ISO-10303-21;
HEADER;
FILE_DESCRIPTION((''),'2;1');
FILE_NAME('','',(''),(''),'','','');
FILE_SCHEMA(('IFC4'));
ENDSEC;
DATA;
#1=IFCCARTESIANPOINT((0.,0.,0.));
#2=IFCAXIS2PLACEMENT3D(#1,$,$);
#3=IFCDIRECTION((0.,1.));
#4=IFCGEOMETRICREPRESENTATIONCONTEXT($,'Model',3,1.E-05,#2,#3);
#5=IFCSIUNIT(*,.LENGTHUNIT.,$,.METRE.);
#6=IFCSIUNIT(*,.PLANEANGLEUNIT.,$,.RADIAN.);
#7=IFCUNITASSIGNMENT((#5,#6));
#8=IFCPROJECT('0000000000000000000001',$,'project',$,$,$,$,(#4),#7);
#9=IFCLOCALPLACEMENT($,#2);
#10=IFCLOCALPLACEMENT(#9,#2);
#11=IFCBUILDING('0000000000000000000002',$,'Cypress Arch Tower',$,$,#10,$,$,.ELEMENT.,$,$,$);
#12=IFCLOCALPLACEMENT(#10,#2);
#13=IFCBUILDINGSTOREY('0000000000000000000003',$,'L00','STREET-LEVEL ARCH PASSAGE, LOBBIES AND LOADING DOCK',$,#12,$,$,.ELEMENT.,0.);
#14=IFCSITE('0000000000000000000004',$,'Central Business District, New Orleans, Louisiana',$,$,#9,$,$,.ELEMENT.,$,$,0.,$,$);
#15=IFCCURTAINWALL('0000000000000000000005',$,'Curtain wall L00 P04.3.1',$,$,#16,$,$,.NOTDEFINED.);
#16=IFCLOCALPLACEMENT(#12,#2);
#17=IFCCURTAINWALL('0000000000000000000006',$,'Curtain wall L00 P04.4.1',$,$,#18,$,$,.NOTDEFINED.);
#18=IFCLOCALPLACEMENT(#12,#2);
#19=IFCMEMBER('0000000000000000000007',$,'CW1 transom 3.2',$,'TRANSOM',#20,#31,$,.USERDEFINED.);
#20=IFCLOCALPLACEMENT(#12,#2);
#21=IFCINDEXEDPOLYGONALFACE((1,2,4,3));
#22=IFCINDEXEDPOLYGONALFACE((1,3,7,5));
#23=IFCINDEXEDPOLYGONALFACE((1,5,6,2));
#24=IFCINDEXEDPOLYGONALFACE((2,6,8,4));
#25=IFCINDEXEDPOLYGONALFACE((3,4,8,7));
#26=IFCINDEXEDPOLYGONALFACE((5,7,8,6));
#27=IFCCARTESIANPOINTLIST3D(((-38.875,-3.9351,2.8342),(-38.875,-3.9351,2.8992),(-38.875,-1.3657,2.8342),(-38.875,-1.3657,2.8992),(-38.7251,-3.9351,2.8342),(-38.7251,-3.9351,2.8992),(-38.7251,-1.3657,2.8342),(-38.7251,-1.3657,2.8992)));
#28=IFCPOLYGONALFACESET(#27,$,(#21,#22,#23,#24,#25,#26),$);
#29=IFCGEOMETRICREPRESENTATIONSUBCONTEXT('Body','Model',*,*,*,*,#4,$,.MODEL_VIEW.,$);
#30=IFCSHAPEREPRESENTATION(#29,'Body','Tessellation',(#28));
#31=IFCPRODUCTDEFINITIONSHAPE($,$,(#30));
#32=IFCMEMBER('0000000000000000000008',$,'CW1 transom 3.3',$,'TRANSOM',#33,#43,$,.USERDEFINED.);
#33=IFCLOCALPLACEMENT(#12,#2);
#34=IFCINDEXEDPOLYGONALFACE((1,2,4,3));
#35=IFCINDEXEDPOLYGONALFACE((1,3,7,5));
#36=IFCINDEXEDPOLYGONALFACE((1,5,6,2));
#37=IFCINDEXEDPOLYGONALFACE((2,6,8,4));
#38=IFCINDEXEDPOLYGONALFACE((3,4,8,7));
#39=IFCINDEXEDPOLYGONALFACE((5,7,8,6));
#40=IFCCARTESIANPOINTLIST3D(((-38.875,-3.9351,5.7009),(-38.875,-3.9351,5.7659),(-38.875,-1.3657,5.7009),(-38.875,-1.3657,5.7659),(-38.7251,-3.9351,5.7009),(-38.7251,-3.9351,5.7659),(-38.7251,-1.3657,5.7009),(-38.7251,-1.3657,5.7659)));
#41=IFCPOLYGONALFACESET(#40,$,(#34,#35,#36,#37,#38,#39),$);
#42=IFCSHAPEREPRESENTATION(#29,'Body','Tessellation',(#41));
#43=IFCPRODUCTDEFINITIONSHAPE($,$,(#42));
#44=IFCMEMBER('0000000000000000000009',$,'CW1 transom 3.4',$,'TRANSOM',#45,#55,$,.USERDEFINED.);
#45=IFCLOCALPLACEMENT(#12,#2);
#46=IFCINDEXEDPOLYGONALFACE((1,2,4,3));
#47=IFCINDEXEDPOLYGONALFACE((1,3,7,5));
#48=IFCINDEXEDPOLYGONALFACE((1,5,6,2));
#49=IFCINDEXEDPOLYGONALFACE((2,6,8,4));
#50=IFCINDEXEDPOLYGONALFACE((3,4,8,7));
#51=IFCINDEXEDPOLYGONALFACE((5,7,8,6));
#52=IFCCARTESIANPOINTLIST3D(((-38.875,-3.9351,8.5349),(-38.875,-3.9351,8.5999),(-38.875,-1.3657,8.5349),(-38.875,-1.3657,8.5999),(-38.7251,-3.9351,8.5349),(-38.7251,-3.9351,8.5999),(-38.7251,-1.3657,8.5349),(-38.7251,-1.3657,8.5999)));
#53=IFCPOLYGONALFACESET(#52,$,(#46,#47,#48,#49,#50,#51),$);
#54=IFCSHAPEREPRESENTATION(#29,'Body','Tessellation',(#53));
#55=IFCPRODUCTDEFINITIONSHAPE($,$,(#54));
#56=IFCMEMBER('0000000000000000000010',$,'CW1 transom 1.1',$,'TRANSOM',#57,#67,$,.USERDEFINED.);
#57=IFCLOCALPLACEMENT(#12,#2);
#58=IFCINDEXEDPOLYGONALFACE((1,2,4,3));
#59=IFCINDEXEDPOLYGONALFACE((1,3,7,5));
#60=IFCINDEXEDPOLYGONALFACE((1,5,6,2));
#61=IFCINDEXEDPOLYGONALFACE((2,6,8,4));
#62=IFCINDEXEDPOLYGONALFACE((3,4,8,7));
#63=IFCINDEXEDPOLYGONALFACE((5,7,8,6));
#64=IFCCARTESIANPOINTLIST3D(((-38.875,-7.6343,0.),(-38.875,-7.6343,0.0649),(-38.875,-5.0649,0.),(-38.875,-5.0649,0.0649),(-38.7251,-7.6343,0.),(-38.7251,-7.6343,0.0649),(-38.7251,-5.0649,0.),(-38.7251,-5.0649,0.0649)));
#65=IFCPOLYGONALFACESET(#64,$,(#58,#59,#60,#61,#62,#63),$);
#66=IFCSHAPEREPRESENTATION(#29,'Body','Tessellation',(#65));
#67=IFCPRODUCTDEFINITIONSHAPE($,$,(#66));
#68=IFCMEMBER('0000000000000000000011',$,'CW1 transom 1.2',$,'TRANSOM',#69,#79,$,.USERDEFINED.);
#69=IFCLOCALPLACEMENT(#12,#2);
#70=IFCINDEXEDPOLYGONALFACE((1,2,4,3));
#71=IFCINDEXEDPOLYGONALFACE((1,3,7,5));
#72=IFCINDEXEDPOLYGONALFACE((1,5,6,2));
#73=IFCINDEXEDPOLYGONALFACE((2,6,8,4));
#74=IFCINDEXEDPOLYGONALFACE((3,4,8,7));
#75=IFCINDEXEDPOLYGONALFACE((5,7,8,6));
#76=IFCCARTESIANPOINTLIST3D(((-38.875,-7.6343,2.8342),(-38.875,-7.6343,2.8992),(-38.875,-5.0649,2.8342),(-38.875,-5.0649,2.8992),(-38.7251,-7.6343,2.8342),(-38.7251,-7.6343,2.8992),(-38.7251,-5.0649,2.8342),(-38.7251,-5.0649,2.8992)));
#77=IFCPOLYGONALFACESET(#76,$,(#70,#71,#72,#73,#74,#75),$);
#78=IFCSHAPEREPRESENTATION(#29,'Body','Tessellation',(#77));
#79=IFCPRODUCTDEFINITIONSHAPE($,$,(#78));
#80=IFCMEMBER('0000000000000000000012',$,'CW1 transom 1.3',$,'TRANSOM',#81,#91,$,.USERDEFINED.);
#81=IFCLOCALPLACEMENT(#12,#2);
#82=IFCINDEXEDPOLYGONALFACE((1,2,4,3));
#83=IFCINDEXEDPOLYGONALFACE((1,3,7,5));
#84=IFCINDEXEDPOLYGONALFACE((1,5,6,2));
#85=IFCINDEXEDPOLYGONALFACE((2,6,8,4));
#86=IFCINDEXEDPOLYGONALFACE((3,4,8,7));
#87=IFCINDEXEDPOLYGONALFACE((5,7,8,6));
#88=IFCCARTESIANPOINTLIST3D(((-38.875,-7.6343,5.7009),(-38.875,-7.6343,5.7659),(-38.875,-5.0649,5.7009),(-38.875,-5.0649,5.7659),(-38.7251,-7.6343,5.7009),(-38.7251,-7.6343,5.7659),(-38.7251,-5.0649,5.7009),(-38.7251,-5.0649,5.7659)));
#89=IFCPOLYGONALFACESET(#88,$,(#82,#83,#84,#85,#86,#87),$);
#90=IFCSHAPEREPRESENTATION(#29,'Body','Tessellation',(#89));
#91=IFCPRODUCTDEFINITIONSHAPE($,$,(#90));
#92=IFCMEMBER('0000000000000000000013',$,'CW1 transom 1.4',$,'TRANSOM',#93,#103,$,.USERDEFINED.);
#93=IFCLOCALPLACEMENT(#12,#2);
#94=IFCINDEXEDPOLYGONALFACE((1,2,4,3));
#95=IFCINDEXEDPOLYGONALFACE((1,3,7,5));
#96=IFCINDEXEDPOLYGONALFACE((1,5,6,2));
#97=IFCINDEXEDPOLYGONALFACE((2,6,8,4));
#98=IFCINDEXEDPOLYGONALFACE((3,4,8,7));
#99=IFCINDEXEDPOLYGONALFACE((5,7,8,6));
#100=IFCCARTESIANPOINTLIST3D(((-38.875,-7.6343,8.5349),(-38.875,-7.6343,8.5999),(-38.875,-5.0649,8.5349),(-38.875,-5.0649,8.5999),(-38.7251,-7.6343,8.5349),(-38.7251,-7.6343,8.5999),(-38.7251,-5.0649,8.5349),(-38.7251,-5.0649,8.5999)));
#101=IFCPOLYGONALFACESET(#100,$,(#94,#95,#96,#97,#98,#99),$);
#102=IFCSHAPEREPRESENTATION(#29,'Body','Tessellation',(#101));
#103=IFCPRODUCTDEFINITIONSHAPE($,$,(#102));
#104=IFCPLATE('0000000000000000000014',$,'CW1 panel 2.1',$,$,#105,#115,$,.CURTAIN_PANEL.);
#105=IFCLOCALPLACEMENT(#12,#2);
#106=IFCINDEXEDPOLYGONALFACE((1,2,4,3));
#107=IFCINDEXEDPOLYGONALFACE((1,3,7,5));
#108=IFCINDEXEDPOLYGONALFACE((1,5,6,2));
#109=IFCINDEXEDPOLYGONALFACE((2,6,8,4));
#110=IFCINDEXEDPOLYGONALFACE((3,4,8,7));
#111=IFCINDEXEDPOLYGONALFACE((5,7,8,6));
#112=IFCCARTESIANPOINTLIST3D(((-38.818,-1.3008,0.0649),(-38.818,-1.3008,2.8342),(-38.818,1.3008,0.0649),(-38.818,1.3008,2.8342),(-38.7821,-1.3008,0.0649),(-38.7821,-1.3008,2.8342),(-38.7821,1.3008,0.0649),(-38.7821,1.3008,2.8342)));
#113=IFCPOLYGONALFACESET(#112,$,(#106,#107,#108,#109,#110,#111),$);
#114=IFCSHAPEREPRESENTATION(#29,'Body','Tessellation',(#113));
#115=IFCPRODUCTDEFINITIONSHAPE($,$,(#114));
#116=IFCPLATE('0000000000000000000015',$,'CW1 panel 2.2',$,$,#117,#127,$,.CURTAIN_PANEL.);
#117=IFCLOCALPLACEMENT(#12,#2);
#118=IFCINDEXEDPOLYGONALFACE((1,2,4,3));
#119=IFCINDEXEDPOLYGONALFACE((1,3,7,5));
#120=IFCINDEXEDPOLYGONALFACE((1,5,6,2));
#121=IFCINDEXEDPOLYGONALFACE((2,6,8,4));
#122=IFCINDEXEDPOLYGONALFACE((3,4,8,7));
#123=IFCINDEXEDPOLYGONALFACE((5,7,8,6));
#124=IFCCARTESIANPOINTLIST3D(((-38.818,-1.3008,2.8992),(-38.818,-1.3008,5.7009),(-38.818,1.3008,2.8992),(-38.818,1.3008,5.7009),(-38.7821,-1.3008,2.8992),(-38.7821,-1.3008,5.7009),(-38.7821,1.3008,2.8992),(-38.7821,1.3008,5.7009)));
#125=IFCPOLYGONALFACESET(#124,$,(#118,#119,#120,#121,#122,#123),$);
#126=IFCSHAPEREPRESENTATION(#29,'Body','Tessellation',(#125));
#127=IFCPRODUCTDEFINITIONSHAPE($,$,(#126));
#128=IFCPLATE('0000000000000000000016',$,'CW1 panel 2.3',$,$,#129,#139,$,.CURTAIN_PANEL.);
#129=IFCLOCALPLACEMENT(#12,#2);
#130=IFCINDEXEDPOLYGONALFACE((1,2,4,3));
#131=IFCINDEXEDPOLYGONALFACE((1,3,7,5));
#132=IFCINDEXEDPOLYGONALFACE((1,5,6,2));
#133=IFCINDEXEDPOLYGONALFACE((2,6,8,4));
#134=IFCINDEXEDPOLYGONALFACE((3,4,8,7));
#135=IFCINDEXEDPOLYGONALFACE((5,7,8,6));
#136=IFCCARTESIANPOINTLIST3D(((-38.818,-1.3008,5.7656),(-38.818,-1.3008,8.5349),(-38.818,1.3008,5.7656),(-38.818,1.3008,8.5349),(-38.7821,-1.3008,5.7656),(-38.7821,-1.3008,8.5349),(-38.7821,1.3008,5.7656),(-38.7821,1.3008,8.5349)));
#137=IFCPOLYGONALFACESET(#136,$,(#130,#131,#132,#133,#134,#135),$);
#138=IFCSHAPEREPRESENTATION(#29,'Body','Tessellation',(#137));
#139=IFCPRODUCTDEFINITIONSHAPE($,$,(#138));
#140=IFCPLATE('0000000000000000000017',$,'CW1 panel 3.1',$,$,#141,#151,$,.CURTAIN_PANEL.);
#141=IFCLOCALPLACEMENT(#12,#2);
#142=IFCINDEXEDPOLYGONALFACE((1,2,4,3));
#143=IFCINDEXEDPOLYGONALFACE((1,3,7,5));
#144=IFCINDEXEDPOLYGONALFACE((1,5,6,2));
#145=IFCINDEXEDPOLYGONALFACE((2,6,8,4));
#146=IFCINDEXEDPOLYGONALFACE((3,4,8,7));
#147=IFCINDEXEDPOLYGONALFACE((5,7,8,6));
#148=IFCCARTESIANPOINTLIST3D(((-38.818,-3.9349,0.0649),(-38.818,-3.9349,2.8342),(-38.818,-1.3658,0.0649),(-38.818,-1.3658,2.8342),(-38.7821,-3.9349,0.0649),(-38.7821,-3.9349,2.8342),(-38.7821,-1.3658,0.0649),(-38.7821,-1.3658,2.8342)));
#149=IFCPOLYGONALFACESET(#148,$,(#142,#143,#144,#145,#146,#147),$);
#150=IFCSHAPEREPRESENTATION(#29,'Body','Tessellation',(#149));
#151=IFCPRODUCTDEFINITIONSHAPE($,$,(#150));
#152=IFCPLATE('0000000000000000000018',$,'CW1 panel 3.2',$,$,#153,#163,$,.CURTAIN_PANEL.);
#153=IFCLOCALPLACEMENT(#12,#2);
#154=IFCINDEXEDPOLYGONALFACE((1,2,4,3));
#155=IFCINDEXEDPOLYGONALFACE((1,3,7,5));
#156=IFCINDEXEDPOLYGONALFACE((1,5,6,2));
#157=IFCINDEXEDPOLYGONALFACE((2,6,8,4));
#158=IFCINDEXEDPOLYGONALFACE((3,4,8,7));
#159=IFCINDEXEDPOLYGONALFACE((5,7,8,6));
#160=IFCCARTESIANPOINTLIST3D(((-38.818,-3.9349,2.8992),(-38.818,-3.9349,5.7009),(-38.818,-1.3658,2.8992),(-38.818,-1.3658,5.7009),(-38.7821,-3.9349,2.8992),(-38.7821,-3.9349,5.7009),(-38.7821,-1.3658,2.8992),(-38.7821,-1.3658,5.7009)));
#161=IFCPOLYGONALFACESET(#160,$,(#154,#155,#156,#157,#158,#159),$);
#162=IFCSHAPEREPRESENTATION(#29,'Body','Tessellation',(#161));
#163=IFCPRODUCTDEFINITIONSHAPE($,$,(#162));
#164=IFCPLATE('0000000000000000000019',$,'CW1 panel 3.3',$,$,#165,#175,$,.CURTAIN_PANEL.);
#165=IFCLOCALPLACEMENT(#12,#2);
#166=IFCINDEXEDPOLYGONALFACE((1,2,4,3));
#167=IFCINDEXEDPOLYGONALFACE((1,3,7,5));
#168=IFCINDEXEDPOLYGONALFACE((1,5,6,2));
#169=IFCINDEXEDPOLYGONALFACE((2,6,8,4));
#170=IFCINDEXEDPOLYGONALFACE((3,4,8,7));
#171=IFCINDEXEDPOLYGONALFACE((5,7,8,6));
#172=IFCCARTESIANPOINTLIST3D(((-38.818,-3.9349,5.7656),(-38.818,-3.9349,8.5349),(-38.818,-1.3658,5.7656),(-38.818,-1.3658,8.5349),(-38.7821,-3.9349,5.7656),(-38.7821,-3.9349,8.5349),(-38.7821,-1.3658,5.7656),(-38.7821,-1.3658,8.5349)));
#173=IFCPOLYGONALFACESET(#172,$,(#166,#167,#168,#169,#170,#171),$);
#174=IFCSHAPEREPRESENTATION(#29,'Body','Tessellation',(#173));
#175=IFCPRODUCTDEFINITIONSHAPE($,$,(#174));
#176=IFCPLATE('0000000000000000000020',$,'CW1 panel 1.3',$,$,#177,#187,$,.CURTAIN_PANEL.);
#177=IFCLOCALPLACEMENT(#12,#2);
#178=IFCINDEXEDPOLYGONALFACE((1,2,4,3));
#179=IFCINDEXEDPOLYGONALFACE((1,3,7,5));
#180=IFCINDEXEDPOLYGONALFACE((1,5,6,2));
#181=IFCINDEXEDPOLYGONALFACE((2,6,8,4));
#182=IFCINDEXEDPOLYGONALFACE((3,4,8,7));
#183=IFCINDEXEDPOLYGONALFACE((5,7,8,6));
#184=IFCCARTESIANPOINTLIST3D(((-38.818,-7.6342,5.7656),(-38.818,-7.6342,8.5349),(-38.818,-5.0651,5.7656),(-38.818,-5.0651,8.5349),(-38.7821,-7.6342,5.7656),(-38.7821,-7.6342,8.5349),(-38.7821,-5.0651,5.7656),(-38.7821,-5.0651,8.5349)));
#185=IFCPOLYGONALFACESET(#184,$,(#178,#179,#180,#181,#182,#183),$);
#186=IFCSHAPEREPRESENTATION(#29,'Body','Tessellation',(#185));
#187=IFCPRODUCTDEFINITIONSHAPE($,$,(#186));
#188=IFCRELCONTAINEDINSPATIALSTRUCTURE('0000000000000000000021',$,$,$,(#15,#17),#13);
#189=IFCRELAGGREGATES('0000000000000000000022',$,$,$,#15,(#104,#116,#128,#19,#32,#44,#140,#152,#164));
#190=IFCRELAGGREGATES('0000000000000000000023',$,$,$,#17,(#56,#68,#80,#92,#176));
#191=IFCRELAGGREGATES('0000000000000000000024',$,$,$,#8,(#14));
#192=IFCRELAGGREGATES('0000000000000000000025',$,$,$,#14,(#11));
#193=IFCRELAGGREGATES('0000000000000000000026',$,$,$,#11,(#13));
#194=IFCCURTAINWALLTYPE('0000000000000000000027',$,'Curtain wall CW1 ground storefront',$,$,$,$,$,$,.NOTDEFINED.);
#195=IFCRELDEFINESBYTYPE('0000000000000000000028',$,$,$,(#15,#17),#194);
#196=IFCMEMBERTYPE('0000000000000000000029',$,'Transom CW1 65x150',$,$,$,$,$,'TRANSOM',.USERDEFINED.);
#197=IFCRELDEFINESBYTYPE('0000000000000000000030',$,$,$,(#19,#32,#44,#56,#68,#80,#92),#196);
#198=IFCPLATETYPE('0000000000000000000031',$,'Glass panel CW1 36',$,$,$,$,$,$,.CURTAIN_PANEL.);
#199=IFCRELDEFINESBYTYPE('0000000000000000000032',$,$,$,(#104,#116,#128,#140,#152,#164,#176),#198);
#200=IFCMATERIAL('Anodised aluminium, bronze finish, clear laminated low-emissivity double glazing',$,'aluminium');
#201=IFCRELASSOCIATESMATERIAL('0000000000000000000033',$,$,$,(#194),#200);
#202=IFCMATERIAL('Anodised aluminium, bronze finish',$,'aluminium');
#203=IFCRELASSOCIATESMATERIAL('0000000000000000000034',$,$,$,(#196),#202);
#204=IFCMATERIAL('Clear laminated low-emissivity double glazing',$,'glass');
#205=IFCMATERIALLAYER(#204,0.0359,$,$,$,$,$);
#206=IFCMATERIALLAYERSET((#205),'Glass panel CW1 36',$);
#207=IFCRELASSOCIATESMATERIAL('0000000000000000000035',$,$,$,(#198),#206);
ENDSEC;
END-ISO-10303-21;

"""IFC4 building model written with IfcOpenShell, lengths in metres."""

from ifc_helpers import new_model, si_unit, direction, frame, origin, origin_2d, place, context, subcontext, project, spatial, rectangle, extrude, material, layer, layer_set, material_profile, profile_set, type_object, element, aggregate, save


model = new_model("IFC4")

# Units and contexts
model_context = context("Model", 3, precision=1e-05, world=origin(), true_north=direction((0.0, 1.0)))
body_context = subcontext(model_context, "Body", "Model", "MODEL_VIEW")
ifc_project = project(units=[si_unit("LENGTHUNIT", "METRE"), si_unit("PLANEANGLEUNIT", "RADIAN")], contexts=[model_context])

# Site, building, storey
site_placement = place(None, origin())
site = spatial("IfcSite", under=ifc_project, at=site_placement, Name="Central Business District, New Orleans, Louisiana", CompositionType="ELEMENT", RefElevation=0.0)
building_placement = place(site_placement, origin())
building = spatial("IfcBuilding", under=site, at=building_placement, Name="Cypress Arch Tower", CompositionType="ELEMENT")
storey_placement = place(building_placement, origin())
storey = spatial("IfcBuildingStorey", under=building, at=storey_placement, Name="L00", Description="STREET-LEVEL ARCH PASSAGE, LOBBIES AND LOADING DOCK", CompositionType="ELEMENT", Elevation=0.0)

# Curtain wall
ifc_material_1 = material(Name="Anodised aluminium, bronze finish, clear laminated low-emissivity double glazing", Category="aluminium")
curtain_wall_type = type_object("IfcCurtainWallType", Name="Curtain wall CW1 ground storefront", PredefinedType="NOTDEFINED", material=ifc_material_1)
curtain_wall_1_placement = place(storey_placement, origin())
curtain_wall_1 = element("IfcCurtainWall", 1, at=curtain_wall_1_placement, inside=storey, type_object=curtain_wall_type, Name="Curtain wall L00 P04.3.1", PredefinedType="NOTDEFINED")

# Curtain wall
curtain_wall_2_placement = place(storey_placement, origin())
curtain_wall_2 = element("IfcCurtainWall", 2, at=curtain_wall_2_placement, inside=storey, type_object=curtain_wall_type, Name="Curtain wall L00 P04.4.1", PredefinedType="NOTDEFINED")

# Members
ifc_material_2 = material(Name="Anodised aluminium, bronze finish", Category="aluminium")
ifc_material_profile_1 = material_profile(ifc_material_2, rectangle(XDim=0.1499, YDim=0.0649, at=origin_2d()), Name="Transom 65x150")
ifc_profile_set_1 = profile_set([ifc_material_profile_1], Name="Anodised aluminium, bronze finish")
member_type_1 = type_object("IfcMemberType", Name="Transom CW1 65x150", ElementType="TRANSOM", PredefinedType="USERDEFINED", material=ifc_profile_set_1)
member_1_placement = place(storey_placement, frame((-38.8, -1.3657, 2.8667), z_axis=(0.0, -1.0, 0.0), x_axis=(1.0, 0.0, 0.0)))
member_1 = element("IfcMember", 3, at=member_1_placement, type_object=member_type_1, Name="CW1 transom 3.2", ObjectType="TRANSOM", PredefinedType="USERDEFINED", context=body_context, shape_type="SweptSolid", body=[
    extrude(rectangle(XDim=0.1499, YDim=0.0649, at=origin_2d()), origin(), (0.0, 0.0, 1.0), 2.5693),
])
member_2_placement = place(storey_placement, frame((-38.8, -1.3657, 5.7334), z_axis=(0.0, -1.0, 0.0), x_axis=(1.0, 0.0, 0.0)))
member_2 = element("IfcMember", 4, at=member_2_placement, type_object=member_type_1, Name="CW1 transom 3.3", ObjectType="TRANSOM", PredefinedType="USERDEFINED", context=body_context, shape_type="SweptSolid", body=[
    extrude(rectangle(XDim=0.1499, YDim=0.0649, at=origin_2d()), origin(), (0.0, 0.0, 1.0), 2.5693),
])
member_3_placement = place(storey_placement, frame((-38.8, -1.3657, 8.5674), z_axis=(0.0, -1.0, 0.0), x_axis=(1.0, 0.0, 0.0)))
member_3 = element("IfcMember", 5, at=member_3_placement, type_object=member_type_1, Name="CW1 transom 3.4", ObjectType="TRANSOM", PredefinedType="USERDEFINED", context=body_context, shape_type="SweptSolid", body=[
    extrude(rectangle(XDim=0.1499, YDim=0.0649, at=origin_2d()), origin(), (0.0, 0.0, 1.0), 2.5693),
])
member_4_placement = place(storey_placement, frame((-38.8, -5.0649, 0.0325), z_axis=(0.0, -1.0, 0.0), x_axis=(1.0, 0.0, 0.0)))
member_4 = element("IfcMember", 6, at=member_4_placement, type_object=member_type_1, Name="CW1 transom 1.1", ObjectType="TRANSOM", PredefinedType="USERDEFINED", context=body_context, shape_type="SweptSolid", body=[
    extrude(rectangle(XDim=0.1499, YDim=0.0649, at=origin_2d()), origin(), (0.0, 0.0, 1.0), 2.5693),
])
member_5_placement = place(storey_placement, frame((-38.8, -5.0649, 2.8667), z_axis=(0.0, -1.0, 0.0), x_axis=(1.0, 0.0, 0.0)))
member_5 = element("IfcMember", 7, at=member_5_placement, type_object=member_type_1, Name="CW1 transom 1.2", ObjectType="TRANSOM", PredefinedType="USERDEFINED", context=body_context, shape_type="SweptSolid", body=[
    extrude(rectangle(XDim=0.1499, YDim=0.0649, at=origin_2d()), origin(), (0.0, 0.0, 1.0), 2.5693),
])
member_6_placement = place(storey_placement, frame((-38.8, -5.0649, 5.7334), z_axis=(0.0, -1.0, 0.0), x_axis=(1.0, 0.0, 0.0)))
member_6 = element("IfcMember", 8, at=member_6_placement, type_object=member_type_1, Name="CW1 transom 1.3", ObjectType="TRANSOM", PredefinedType="USERDEFINED", context=body_context, shape_type="SweptSolid", body=[
    extrude(rectangle(XDim=0.1499, YDim=0.0649, at=origin_2d()), origin(), (0.0, 0.0, 1.0), 2.5693),
])
member_7_placement = place(storey_placement, frame((-38.8, -5.0649, 8.5674), z_axis=(0.0, -1.0, 0.0), x_axis=(1.0, 0.0, 0.0)))
member_7 = element("IfcMember", 9, at=member_7_placement, type_object=member_type_1, Name="CW1 transom 1.4", ObjectType="TRANSOM", PredefinedType="USERDEFINED", context=body_context, shape_type="SweptSolid", body=[
    extrude(rectangle(XDim=0.1499, YDim=0.0649, at=origin_2d()), origin(), (0.0, 0.0, 1.0), 2.5693),
])

# Plates
ifc_material_3 = material(Name="Clear laminated low-emissivity double glazing", Category="glass")
ifc_layer_1 = layer(ifc_material_3, 0.0359)
ifc_layer_set_1 = layer_set([ifc_layer_1], Name="Glass panel CW1 36")
plate_type = type_object("IfcPlateType", Name="Glass panel CW1 36", PredefinedType="CURTAIN_PANEL", material=ifc_layer_set_1)
plate_1_placement = place(storey_placement, frame((-38.8, 0.0, 0.0649), z_axis=(0.0, 0.0, 1.0), x_axis=(0.0, -1.0, 0.0)))
plate_1 = element("IfcPlate", 10, at=plate_1_placement, type_object=plate_type, Name="CW1 panel 2.1", PredefinedType="CURTAIN_PANEL", context=body_context, shape_type="SweptSolid", body=[
    extrude(rectangle(XDim=2.6016, YDim=0.0359, at=origin_2d()), origin(), (0.0, 0.0, 1.0), 2.7693),
])
plate_2_placement = place(storey_placement, frame((-38.8, 0.0, 2.8992), z_axis=(0.0, 0.0, 1.0), x_axis=(0.0, -1.0, 0.0)))
plate_2 = element("IfcPlate", 11, at=plate_2_placement, type_object=plate_type, Name="CW1 panel 2.2", PredefinedType="CURTAIN_PANEL", context=body_context, shape_type="SweptSolid", body=[
    extrude(rectangle(XDim=2.6016, YDim=0.0359, at=origin_2d()), origin(), (0.0, 0.0, 1.0), 2.8018),
])
plate_3_placement = place(storey_placement, frame((-38.8, 0.0, 5.7656), z_axis=(0.0, 0.0, 1.0), x_axis=(0.0, -1.0, 0.0)))
plate_3 = element("IfcPlate", 12, at=plate_3_placement, type_object=plate_type, Name="CW1 panel 2.3", PredefinedType="CURTAIN_PANEL", context=body_context, shape_type="SweptSolid", body=[
    extrude(rectangle(XDim=2.6016, YDim=0.0359, at=origin_2d()), origin(), (0.0, 0.0, 1.0), 2.7693),
])
plate_4_placement = place(storey_placement, frame((-38.8, -2.6504, 0.0649), z_axis=(0.0, 0.0, 1.0), x_axis=(0.0, -1.0, 0.0)))
plate_4 = element("IfcPlate", 13, at=plate_4_placement, type_object=plate_type, Name="CW1 panel 3.1", PredefinedType="CURTAIN_PANEL", context=body_context, shape_type="SweptSolid", body=[
    extrude(rectangle(XDim=2.5691, YDim=0.0359, at=origin_2d()), origin(), (0.0, 0.0, 1.0), 2.7693),
])
plate_5_placement = place(storey_placement, frame((-38.8, -2.6504, 2.8992), z_axis=(0.0, 0.0, 1.0), x_axis=(0.0, -1.0, 0.0)))
plate_5 = element("IfcPlate", 14, at=plate_5_placement, type_object=plate_type, Name="CW1 panel 3.2", PredefinedType="CURTAIN_PANEL", context=body_context, shape_type="SweptSolid", body=[
    extrude(rectangle(XDim=2.5691, YDim=0.0359, at=origin_2d()), origin(), (0.0, 0.0, 1.0), 2.8018),
])
plate_6_placement = place(storey_placement, frame((-38.8, -2.6504, 5.7656), z_axis=(0.0, 0.0, 1.0), x_axis=(0.0, -1.0, 0.0)))
plate_6 = element("IfcPlate", 15, at=plate_6_placement, type_object=plate_type, Name="CW1 panel 3.3", PredefinedType="CURTAIN_PANEL", context=body_context, shape_type="SweptSolid", body=[
    extrude(rectangle(XDim=2.5691, YDim=0.0359, at=origin_2d()), origin(), (0.0, 0.0, 1.0), 2.7693),
])
aggregate(curtain_wall_1, [plate_1, plate_2, plate_3, member_1, member_2, member_3, plate_4, plate_5, plate_6])
plate_7_placement = place(storey_placement, frame((-38.8, -6.3496, 5.7656), z_axis=(0.0, 0.0, 1.0), x_axis=(0.0, -1.0, 0.0)))
plate_7 = element("IfcPlate", 16, at=plate_7_placement, type_object=plate_type, Name="CW1 panel 1.3", PredefinedType="CURTAIN_PANEL", context=body_context, shape_type="SweptSolid", body=[
    extrude(rectangle(XDim=2.5691, YDim=0.0359, at=origin_2d()), origin(), (0.0, 0.0, 1.0), 2.7693),
])
aggregate(curtain_wall_2, [member_4, member_5, member_6, member_7, plate_7])

save(model, "model.ifc")
